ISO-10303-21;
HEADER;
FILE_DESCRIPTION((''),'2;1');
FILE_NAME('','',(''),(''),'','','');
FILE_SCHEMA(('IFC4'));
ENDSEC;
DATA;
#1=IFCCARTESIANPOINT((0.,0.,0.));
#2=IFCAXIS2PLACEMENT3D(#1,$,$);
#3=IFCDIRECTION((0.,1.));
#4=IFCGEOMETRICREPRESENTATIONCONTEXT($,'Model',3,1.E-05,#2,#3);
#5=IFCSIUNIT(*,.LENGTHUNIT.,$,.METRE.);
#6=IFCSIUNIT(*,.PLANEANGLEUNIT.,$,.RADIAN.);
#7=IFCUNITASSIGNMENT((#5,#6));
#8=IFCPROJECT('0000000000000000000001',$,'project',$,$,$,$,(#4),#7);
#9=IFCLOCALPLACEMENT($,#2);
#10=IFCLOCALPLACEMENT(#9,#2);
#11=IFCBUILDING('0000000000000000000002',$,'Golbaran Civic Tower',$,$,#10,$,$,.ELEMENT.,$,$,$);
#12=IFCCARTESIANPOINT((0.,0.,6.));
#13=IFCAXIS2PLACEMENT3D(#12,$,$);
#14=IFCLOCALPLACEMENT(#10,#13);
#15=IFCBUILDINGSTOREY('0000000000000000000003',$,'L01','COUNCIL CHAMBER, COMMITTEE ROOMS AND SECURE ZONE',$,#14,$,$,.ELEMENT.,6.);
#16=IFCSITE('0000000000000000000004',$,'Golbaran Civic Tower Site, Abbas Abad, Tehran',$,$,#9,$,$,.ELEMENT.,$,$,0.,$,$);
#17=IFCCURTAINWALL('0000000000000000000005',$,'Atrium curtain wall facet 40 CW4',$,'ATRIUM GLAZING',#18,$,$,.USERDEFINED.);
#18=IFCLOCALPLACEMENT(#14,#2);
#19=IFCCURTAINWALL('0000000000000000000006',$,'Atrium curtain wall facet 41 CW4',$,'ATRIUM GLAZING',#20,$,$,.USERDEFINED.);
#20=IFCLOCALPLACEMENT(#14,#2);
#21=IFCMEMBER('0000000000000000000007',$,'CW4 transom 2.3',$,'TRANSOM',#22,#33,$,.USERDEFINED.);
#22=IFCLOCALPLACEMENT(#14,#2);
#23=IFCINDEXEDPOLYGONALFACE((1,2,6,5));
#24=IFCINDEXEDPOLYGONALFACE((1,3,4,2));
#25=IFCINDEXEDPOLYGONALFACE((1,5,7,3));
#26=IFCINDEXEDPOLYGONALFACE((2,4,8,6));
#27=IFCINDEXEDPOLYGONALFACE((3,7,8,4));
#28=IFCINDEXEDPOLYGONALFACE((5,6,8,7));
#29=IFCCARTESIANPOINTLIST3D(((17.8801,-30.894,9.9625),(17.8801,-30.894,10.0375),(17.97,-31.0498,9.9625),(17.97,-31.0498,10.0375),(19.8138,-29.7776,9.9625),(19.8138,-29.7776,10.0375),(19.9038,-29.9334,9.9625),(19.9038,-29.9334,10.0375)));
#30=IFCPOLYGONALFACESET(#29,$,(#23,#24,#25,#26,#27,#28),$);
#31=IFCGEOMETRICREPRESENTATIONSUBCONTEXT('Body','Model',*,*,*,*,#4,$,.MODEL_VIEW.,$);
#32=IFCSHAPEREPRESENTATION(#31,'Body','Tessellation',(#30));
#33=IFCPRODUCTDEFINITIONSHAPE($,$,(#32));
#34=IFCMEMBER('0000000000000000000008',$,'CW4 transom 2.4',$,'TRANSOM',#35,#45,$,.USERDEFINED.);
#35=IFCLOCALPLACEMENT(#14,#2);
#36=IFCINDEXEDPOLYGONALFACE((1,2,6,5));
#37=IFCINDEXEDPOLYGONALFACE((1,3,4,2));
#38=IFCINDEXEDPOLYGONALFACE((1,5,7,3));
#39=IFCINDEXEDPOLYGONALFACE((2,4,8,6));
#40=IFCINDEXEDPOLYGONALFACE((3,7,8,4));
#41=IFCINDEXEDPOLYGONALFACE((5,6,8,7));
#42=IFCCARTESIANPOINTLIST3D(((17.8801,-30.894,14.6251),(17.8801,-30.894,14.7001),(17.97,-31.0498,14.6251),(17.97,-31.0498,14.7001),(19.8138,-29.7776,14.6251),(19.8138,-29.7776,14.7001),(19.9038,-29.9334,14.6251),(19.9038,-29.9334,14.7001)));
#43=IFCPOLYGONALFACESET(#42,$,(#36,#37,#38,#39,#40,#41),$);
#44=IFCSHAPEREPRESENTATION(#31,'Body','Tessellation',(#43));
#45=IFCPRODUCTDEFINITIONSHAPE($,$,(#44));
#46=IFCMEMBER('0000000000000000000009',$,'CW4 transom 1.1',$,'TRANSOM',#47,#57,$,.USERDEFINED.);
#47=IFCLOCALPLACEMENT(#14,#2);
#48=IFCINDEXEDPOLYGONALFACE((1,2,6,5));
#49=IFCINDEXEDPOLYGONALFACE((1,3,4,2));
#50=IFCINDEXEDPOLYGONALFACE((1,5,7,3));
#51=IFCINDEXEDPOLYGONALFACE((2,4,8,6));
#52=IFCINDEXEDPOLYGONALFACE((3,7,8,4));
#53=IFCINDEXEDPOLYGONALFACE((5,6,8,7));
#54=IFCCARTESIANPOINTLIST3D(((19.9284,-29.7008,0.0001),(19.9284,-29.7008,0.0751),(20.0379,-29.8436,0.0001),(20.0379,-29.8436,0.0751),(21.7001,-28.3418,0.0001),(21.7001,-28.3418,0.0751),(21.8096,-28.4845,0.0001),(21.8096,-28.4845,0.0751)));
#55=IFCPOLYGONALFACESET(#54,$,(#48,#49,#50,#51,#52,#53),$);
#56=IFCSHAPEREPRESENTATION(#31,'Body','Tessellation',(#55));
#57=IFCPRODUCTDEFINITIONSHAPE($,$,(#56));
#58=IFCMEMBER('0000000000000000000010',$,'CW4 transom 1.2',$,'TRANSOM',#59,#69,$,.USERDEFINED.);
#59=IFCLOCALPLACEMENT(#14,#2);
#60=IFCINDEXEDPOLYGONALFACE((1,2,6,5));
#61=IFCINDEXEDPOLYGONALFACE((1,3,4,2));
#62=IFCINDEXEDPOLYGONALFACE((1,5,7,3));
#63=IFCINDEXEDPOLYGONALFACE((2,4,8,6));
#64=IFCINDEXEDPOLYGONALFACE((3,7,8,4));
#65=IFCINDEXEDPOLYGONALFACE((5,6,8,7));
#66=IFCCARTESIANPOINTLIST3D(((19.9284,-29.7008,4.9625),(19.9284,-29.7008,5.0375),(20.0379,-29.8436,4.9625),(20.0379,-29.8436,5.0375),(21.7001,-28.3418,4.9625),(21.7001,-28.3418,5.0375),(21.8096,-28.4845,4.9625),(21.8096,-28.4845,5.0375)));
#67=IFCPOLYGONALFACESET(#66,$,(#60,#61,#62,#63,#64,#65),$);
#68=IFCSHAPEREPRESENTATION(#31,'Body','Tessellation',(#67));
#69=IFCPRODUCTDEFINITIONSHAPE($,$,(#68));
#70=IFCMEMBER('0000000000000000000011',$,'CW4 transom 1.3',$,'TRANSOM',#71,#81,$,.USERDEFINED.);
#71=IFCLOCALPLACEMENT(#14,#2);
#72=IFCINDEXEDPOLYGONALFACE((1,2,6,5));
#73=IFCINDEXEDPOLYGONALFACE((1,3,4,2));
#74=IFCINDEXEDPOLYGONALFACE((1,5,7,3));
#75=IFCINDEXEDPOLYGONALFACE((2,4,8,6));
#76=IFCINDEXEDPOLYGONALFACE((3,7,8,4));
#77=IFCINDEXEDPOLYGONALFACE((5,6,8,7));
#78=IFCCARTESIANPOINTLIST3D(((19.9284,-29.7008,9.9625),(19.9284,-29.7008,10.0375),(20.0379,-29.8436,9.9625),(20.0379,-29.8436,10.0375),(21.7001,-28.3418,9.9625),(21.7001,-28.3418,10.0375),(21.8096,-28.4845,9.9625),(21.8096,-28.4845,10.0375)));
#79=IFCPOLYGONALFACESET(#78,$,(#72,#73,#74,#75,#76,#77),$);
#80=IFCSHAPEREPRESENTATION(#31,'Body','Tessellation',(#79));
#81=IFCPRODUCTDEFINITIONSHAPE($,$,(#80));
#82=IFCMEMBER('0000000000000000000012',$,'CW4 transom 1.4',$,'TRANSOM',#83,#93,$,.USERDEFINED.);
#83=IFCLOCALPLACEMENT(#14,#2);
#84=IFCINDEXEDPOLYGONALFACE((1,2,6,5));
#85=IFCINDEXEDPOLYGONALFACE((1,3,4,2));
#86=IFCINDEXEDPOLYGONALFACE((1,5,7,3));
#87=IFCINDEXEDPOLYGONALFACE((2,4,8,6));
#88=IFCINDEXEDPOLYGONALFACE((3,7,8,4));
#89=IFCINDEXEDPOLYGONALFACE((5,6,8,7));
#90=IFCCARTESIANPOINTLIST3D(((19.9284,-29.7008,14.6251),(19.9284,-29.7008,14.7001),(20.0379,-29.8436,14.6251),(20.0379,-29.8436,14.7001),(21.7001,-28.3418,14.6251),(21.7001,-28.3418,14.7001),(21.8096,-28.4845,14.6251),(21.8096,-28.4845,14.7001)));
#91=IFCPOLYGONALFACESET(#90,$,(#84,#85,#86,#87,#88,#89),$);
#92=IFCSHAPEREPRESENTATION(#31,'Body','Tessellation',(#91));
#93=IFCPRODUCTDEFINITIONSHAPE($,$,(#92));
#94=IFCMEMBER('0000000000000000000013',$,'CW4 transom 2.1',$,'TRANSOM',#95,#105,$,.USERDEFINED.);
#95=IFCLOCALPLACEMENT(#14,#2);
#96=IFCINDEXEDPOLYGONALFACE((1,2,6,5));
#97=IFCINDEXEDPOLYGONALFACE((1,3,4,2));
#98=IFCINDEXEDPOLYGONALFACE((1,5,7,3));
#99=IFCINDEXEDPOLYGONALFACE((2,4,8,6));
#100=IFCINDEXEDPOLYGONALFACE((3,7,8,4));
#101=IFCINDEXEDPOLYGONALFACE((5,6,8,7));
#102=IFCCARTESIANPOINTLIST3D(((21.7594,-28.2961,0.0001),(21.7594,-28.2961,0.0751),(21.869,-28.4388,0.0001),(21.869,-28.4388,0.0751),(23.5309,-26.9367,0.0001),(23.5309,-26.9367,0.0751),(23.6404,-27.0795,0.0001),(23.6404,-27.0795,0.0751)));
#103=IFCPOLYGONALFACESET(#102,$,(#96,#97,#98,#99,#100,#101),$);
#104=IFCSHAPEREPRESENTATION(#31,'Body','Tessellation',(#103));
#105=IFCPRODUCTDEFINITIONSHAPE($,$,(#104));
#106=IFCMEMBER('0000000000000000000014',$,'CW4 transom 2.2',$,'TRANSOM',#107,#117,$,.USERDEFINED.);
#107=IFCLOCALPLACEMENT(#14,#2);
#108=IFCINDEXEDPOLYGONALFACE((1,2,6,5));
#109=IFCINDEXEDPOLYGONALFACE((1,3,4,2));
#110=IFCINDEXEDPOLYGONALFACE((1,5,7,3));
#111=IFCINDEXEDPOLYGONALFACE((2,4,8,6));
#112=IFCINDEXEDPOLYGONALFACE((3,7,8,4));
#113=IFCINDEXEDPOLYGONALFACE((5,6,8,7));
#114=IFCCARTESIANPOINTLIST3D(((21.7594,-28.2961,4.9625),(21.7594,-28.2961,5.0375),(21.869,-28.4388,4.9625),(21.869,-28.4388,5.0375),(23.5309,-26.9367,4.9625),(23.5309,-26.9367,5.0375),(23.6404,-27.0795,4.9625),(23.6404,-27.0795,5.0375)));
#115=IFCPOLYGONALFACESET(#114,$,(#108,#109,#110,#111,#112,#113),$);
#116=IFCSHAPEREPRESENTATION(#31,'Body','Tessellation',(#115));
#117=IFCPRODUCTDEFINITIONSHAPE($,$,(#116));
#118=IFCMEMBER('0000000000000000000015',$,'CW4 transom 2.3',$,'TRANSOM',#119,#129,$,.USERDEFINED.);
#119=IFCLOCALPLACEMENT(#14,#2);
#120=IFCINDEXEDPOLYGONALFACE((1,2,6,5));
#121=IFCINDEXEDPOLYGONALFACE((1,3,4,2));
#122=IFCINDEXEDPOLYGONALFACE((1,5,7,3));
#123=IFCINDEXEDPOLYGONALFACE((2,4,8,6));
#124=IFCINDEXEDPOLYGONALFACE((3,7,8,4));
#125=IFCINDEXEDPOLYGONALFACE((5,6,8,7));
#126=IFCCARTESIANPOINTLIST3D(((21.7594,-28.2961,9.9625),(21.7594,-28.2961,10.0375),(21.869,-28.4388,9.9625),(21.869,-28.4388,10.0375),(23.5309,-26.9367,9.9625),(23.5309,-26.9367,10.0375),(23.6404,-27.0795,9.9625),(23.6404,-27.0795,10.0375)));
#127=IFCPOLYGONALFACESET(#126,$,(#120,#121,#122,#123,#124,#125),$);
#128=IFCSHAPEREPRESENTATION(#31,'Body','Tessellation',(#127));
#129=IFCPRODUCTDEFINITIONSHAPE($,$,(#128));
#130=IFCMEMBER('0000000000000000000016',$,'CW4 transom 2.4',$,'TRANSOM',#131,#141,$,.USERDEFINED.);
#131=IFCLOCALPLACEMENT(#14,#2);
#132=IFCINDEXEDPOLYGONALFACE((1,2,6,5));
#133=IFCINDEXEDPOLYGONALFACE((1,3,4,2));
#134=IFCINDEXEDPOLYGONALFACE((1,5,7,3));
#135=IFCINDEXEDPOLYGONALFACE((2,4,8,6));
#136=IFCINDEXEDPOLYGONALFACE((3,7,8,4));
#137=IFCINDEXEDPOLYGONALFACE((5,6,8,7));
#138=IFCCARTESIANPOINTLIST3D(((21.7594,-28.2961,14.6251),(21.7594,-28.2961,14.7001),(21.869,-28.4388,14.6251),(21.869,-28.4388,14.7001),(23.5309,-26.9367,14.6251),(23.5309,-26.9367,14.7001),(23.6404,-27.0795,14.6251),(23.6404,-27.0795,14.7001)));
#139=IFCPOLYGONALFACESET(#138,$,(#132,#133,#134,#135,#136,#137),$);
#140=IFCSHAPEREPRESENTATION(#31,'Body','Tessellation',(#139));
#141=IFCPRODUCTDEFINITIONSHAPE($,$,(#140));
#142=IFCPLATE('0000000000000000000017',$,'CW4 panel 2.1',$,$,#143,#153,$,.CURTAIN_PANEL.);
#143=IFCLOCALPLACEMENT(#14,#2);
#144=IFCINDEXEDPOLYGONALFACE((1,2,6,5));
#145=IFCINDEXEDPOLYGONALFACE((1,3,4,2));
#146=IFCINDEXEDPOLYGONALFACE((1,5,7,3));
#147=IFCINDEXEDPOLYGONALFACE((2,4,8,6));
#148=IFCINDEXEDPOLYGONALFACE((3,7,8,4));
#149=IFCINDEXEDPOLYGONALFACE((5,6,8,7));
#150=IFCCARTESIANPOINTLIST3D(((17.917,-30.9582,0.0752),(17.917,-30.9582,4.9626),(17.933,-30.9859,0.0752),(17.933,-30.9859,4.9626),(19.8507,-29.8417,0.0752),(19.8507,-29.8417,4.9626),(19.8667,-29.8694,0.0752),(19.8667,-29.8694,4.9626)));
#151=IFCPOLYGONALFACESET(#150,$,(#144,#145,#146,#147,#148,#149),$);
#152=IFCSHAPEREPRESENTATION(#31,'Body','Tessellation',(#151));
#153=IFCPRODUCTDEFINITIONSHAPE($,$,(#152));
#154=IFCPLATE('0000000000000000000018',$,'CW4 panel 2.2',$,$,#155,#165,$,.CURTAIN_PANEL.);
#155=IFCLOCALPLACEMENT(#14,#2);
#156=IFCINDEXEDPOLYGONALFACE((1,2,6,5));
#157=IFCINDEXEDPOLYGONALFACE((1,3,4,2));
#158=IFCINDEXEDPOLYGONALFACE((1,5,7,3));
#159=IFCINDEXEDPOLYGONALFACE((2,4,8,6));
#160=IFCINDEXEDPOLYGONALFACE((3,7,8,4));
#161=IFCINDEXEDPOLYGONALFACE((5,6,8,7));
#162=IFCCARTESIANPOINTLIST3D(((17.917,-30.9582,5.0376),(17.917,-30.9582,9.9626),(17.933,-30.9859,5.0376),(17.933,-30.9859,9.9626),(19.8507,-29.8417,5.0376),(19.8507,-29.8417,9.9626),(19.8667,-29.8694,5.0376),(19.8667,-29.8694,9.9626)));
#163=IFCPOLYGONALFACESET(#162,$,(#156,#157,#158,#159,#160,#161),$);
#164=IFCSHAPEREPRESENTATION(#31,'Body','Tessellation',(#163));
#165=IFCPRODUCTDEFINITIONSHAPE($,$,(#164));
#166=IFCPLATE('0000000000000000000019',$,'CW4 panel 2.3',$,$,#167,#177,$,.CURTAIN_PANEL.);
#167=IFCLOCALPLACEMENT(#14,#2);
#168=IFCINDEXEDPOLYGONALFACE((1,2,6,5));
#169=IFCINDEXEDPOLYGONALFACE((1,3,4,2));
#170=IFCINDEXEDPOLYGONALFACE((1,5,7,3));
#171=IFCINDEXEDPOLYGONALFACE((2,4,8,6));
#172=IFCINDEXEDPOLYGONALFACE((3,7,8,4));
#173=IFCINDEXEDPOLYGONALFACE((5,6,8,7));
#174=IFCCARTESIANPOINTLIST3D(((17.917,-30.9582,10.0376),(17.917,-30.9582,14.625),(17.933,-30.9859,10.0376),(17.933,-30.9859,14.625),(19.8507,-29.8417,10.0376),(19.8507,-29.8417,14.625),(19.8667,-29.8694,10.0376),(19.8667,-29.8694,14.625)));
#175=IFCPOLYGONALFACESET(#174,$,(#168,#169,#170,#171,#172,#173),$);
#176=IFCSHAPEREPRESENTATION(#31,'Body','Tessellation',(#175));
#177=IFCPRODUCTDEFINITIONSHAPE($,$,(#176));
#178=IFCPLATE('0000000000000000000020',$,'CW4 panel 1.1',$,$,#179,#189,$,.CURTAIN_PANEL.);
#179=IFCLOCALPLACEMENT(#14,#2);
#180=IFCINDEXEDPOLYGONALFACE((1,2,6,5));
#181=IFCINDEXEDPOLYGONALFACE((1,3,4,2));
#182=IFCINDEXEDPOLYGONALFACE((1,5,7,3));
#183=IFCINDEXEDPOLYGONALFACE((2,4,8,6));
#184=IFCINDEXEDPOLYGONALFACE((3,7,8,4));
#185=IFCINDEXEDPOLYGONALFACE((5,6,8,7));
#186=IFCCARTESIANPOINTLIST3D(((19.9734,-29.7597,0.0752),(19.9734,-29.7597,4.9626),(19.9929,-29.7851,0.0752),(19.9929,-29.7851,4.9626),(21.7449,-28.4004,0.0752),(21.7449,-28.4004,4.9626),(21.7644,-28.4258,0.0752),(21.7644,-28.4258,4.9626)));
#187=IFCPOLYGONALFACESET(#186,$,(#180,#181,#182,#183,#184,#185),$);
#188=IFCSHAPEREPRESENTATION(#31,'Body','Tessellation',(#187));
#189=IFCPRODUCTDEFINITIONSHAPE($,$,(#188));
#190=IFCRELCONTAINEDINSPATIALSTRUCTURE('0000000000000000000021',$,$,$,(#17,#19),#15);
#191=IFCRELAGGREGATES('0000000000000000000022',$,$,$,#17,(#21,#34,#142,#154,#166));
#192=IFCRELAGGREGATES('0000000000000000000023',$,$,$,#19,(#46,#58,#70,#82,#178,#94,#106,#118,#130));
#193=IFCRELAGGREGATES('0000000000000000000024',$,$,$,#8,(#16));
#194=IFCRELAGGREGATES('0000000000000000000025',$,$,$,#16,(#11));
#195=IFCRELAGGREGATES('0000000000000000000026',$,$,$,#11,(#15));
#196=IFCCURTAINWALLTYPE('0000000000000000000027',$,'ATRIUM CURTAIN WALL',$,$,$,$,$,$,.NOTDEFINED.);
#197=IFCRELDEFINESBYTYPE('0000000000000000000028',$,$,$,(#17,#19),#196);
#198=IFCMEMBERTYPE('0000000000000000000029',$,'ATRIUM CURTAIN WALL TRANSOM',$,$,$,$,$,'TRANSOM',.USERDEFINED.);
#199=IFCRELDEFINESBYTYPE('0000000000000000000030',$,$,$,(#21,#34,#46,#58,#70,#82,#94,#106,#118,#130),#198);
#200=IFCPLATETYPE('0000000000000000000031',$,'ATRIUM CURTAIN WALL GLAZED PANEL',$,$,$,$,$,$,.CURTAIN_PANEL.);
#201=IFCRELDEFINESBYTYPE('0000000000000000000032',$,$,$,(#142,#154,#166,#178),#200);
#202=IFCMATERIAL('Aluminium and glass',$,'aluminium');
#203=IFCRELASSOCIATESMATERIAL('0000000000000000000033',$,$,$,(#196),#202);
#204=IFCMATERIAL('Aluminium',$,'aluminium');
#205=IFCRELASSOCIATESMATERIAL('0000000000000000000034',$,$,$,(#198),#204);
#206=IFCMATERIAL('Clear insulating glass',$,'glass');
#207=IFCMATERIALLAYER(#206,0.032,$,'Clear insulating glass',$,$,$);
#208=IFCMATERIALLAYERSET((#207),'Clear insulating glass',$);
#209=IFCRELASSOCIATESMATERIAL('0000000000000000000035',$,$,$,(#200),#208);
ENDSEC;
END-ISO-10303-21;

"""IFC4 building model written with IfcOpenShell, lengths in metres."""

from ifc_helpers import new_model, si_unit, direction, frame, origin, origin_2d, place, context, subcontext, project, spatial, rectangle, extrude, material, layer, layer_set, material_profile, profile_set, type_object, element, aggregate, save


model = new_model("IFC4")

# Units and contexts
model_context = context("Model", 3, precision=1e-05, world=origin(), true_north=direction((0.0, 1.0)))
body_context = subcontext(model_context, "Body", "Model", "MODEL_VIEW")
ifc_project = project(units=[si_unit("LENGTHUNIT", "METRE"), si_unit("PLANEANGLEUNIT", "RADIAN")], contexts=[model_context])

# Site, building, storey
site_placement = place(None, origin())
site = spatial("IfcSite", under=ifc_project, at=site_placement, Name="Golbaran Civic Tower Site, Abbas Abad, Tehran", CompositionType="ELEMENT", RefElevation=0.0)
building_placement = place(site_placement, origin())
building = spatial("IfcBuilding", under=site, at=building_placement, Name="Golbaran Civic Tower", CompositionType="ELEMENT")
storey_placement = place(building_placement, frame((0.0, 0.0, 6.0)))
storey = spatial("IfcBuildingStorey", under=building, at=storey_placement, Name="L01", Description="COUNCIL CHAMBER, COMMITTEE ROOMS AND SECURE ZONE", CompositionType="ELEMENT", Elevation=6.0)

# Curtain wall
ifc_material_1 = material(Name="Aluminium and glass", Category="aluminium")
curtain_wall_type = type_object("IfcCurtainWallType", Name="ATRIUM CURTAIN WALL", PredefinedType="NOTDEFINED", material=ifc_material_1)
curtain_wall_1_placement = place(storey_placement, origin())
curtain_wall_1 = element("IfcCurtainWall", 1, at=curtain_wall_1_placement, inside=storey, type_object=curtain_wall_type, Name="Atrium curtain wall facet 40 CW4", ObjectType="ATRIUM GLAZING", PredefinedType="USERDEFINED")
ifc_material_2 = material(Name="Aluminium", Category="aluminium")

# Curtain wall
curtain_wall_2_placement = place(storey_placement, origin())
curtain_wall_2 = element("IfcCurtainWall", 2, at=curtain_wall_2_placement, inside=storey, type_object=curtain_wall_type, Name="Atrium curtain wall facet 41 CW4", ObjectType="ATRIUM GLAZING", PredefinedType="USERDEFINED")

# Members
ifc_material_profile_1 = material_profile(ifc_material_2, rectangle(XDim=0.1799, YDim=0.075, at=origin_2d()), Name="ATRIUM CURTAIN WALL TRANSOM")
ifc_profile_set_1 = profile_set([ifc_material_profile_1], Name="Aluminium")
member_type_1 = type_object("IfcMemberType", Name="ATRIUM CURTAIN WALL TRANSOM", ElementType="TRANSOM", PredefinedType="USERDEFINED", material=ifc_profile_set_1)
member_1_placement = place(storey_placement, frame((17.925, -30.9719, 10.0), z_axis=(0.866034, 0.499984, 0.0), x_axis=(-0.499984, 0.866034, 0.0)))
member_1 = element("IfcMember", 3, at=member_1_placement, type_object=member_type_1, Name="CW4 transom 2.3", ObjectType="TRANSOM", PredefinedType="USERDEFINED", context=body_context, shape_type="SweptSolid", body=[
    extrude(rectangle(XDim=0.1799, YDim=0.075, at=origin_2d()), origin(), (0.0, 0.0, 1.0), 2.2329),
])
member_2_placement = place(storey_placement, frame((17.925, -30.9719, 14.6626), z_axis=(0.866034, 0.499984, 0.0), x_axis=(-0.499984, 0.866034, 0.0)))
member_2 = element("IfcMember", 4, at=member_2_placement, type_object=member_type_1, Name="CW4 transom 2.4", ObjectType="TRANSOM", PredefinedType="USERDEFINED", context=body_context, shape_type="SweptSolid", body=[
    extrude(rectangle(XDim=0.1799, YDim=0.075, at=origin_2d()), origin(), (0.0, 0.0, 1.0), 2.2329),
])
member_3_placement = place(storey_placement, frame((19.9832, -29.7722, 0.0376), z_axis=(0.793432, 0.608659, 0.0), x_axis=(-0.608659, 0.793432, 0.0)))
member_3 = element("IfcMember", 5, at=member_3_placement, type_object=member_type_1, Name="CW4 transom 1.1", ObjectType="TRANSOM", PredefinedType="USERDEFINED", context=body_context, shape_type="SweptSolid", body=[
    extrude(rectangle(XDim=0.1799, YDim=0.075, at=origin_2d()), origin(), (0.0, 0.0, 1.0), 2.2329),
])
member_4_placement = place(storey_placement, frame((19.9832, -29.7722, 5.0), z_axis=(0.793432, 0.608659, 0.0), x_axis=(-0.608659, 0.793432, 0.0)))
member_4 = element("IfcMember", 6, at=member_4_placement, type_object=member_type_1, Name="CW4 transom 1.2", ObjectType="TRANSOM", PredefinedType="USERDEFINED", context=body_context, shape_type="SweptSolid", body=[
    extrude(rectangle(XDim=0.1799, YDim=0.075, at=origin_2d()), origin(), (0.0, 0.0, 1.0), 2.2329),
])
member_5_placement = place(storey_placement, frame((19.9832, -29.7722, 10.0), z_axis=(0.793432, 0.608659, 0.0), x_axis=(-0.608659, 0.793432, 0.0)))
member_5 = element("IfcMember", 7, at=member_5_placement, type_object=member_type_1, Name="CW4 transom 1.3", ObjectType="TRANSOM", PredefinedType="USERDEFINED", context=body_context, shape_type="SweptSolid", body=[
    extrude(rectangle(XDim=0.1799, YDim=0.075, at=origin_2d()), origin(), (0.0, 0.0, 1.0), 2.2329),
])
member_6_placement = place(storey_placement, frame((19.9832, -29.7722, 14.6626), z_axis=(0.793432, 0.608659, 0.0), x_axis=(-0.608659, 0.793432, 0.0)))
member_6 = element("IfcMember", 8, at=member_6_placement, type_object=member_type_1, Name="CW4 transom 1.4", ObjectType="TRANSOM", PredefinedType="USERDEFINED", context=body_context, shape_type="SweptSolid", body=[
    extrude(rectangle(XDim=0.1799, YDim=0.075, at=origin_2d()), origin(), (0.0, 0.0, 1.0), 2.2329),
])
member_7_placement = place(storey_placement, frame((21.8142, -28.3674, 0.0376), z_axis=(0.793339, 0.60878, 0.0), x_axis=(-0.60878, 0.793339, 0.0)))
member_7 = element("IfcMember", 9, at=member_7_placement, type_object=member_type_1, Name="CW4 transom 2.1", ObjectType="TRANSOM", PredefinedType="USERDEFINED", context=body_context, shape_type="SweptSolid", body=[
    extrude(rectangle(XDim=0.1799, YDim=0.075, at=origin_2d()), origin(), (0.0, 0.0, 1.0), 2.2329),
])
member_8_placement = place(storey_placement, frame((21.8142, -28.3674, 5.0), z_axis=(0.793339, 0.60878, 0.0), x_axis=(-0.60878, 0.793339, 0.0)))
member_8 = element("IfcMember", 10, at=member_8_placement, type_object=member_type_1, Name="CW4 transom 2.2", ObjectType="TRANSOM", PredefinedType="USERDEFINED", context=body_context, shape_type="SweptSolid", body=[
    extrude(rectangle(XDim=0.1799, YDim=0.075, at=origin_2d()), origin(), (0.0, 0.0, 1.0), 2.2329),
])
member_9_placement = place(storey_placement, frame((21.8142, -28.3674, 10.0), z_axis=(0.793339, 0.60878, 0.0), x_axis=(-0.60878, 0.793339, 0.0)))
member_9 = element("IfcMember", 11, at=member_9_placement, type_object=member_type_1, Name="CW4 transom 2.3", ObjectType="TRANSOM", PredefinedType="USERDEFINED", context=body_context, shape_type="SweptSolid", body=[
    extrude(rectangle(XDim=0.1799, YDim=0.075, at=origin_2d()), origin(), (0.0, 0.0, 1.0), 2.2329),
])
member_10_placement = place(storey_placement, frame((21.8142, -28.3674, 14.6626), z_axis=(0.793339, 0.60878, 0.0), x_axis=(-0.60878, 0.793339, 0.0)))
member_10 = element("IfcMember", 12, at=member_10_placement, type_object=member_type_1, Name="CW4 transom 2.4", ObjectType="TRANSOM", PredefinedType="USERDEFINED", context=body_context, shape_type="SweptSolid", body=[
    extrude(rectangle(XDim=0.1799, YDim=0.075, at=origin_2d()), origin(), (0.0, 0.0, 1.0), 2.2329),
])

# Plates
ifc_material_3 = material(Name="Clear insulating glass", Category="glass")
ifc_layer_1 = layer(ifc_material_3, 0.032, Name="Clear insulating glass")
ifc_layer_set_1 = layer_set([ifc_layer_1], Name="Clear insulating glass")
plate_type = type_object("IfcPlateType", Name="ATRIUM CURTAIN WALL GLAZED PANEL", PredefinedType="CURTAIN_PANEL", material=ifc_layer_set_1)
plate_1_placement = place(storey_placement, frame((18.8918, -30.4138, 0.0752), z_axis=(0.0, 0.0, 1.0), x_axis=(0.866025, 0.5, 0.0)))
plate_1 = element("IfcPlate", 13, at=plate_1_placement, type_object=plate_type, Name="CW4 panel 2.1", PredefinedType="CURTAIN_PANEL", context=body_context, shape_type="SweptSolid", body=[
    extrude(rectangle(XDim=2.2329, YDim=0.032, at=origin_2d()), origin(), (0.0, 0.0, 1.0), 4.8875),
])
plate_2_placement = place(storey_placement, frame((18.8918, -30.4138, 5.0376), z_axis=(0.0, 0.0, 1.0), x_axis=(0.866025, 0.5, 0.0)))
plate_2 = element("IfcPlate", 14, at=plate_2_placement, type_object=plate_type, Name="CW4 panel 2.2", PredefinedType="CURTAIN_PANEL", context=body_context, shape_type="SweptSolid", body=[
    extrude(rectangle(XDim=2.2329, YDim=0.032, at=origin_2d()), origin(), (0.0, 0.0, 1.0), 4.925),
])
plate_3_placement = place(storey_placement, frame((18.8918, -30.4138, 10.0376), z_axis=(0.0, 0.0, 1.0), x_axis=(0.866025, 0.5, 0.0)))
plate_3 = element("IfcPlate", 15, at=plate_3_placement, type_object=plate_type, Name="CW4 panel 2.3", PredefinedType="CURTAIN_PANEL", context=body_context, shape_type="SweptSolid", body=[
    extrude(rectangle(XDim=2.2329, YDim=0.032, at=origin_2d()), origin(), (0.0, 0.0, 1.0), 4.5874),
])
aggregate(curtain_wall_1, [member_1, member_2, plate_1, plate_2, plate_3])
plate_4_placement = place(storey_placement, frame((20.8689, -29.0928, 0.0752), z_axis=(0.0, 0.0, 1.0), x_axis=(0.793353, 0.608761, 0.0)))
plate_4 = element("IfcPlate", 16, at=plate_4_placement, type_object=plate_type, Name="CW4 panel 1.1", PredefinedType="CURTAIN_PANEL", context=body_context, shape_type="SweptSolid", body=[
    extrude(rectangle(XDim=2.2329, YDim=0.032, at=origin_2d()), origin(), (0.0, 0.0, 1.0), 4.8875),
])
aggregate(curtain_wall_2, [member_3, member_4, member_5, member_6, plate_4, member_7, member_8, member_9, member_10])

save(model, "model.ifc")
